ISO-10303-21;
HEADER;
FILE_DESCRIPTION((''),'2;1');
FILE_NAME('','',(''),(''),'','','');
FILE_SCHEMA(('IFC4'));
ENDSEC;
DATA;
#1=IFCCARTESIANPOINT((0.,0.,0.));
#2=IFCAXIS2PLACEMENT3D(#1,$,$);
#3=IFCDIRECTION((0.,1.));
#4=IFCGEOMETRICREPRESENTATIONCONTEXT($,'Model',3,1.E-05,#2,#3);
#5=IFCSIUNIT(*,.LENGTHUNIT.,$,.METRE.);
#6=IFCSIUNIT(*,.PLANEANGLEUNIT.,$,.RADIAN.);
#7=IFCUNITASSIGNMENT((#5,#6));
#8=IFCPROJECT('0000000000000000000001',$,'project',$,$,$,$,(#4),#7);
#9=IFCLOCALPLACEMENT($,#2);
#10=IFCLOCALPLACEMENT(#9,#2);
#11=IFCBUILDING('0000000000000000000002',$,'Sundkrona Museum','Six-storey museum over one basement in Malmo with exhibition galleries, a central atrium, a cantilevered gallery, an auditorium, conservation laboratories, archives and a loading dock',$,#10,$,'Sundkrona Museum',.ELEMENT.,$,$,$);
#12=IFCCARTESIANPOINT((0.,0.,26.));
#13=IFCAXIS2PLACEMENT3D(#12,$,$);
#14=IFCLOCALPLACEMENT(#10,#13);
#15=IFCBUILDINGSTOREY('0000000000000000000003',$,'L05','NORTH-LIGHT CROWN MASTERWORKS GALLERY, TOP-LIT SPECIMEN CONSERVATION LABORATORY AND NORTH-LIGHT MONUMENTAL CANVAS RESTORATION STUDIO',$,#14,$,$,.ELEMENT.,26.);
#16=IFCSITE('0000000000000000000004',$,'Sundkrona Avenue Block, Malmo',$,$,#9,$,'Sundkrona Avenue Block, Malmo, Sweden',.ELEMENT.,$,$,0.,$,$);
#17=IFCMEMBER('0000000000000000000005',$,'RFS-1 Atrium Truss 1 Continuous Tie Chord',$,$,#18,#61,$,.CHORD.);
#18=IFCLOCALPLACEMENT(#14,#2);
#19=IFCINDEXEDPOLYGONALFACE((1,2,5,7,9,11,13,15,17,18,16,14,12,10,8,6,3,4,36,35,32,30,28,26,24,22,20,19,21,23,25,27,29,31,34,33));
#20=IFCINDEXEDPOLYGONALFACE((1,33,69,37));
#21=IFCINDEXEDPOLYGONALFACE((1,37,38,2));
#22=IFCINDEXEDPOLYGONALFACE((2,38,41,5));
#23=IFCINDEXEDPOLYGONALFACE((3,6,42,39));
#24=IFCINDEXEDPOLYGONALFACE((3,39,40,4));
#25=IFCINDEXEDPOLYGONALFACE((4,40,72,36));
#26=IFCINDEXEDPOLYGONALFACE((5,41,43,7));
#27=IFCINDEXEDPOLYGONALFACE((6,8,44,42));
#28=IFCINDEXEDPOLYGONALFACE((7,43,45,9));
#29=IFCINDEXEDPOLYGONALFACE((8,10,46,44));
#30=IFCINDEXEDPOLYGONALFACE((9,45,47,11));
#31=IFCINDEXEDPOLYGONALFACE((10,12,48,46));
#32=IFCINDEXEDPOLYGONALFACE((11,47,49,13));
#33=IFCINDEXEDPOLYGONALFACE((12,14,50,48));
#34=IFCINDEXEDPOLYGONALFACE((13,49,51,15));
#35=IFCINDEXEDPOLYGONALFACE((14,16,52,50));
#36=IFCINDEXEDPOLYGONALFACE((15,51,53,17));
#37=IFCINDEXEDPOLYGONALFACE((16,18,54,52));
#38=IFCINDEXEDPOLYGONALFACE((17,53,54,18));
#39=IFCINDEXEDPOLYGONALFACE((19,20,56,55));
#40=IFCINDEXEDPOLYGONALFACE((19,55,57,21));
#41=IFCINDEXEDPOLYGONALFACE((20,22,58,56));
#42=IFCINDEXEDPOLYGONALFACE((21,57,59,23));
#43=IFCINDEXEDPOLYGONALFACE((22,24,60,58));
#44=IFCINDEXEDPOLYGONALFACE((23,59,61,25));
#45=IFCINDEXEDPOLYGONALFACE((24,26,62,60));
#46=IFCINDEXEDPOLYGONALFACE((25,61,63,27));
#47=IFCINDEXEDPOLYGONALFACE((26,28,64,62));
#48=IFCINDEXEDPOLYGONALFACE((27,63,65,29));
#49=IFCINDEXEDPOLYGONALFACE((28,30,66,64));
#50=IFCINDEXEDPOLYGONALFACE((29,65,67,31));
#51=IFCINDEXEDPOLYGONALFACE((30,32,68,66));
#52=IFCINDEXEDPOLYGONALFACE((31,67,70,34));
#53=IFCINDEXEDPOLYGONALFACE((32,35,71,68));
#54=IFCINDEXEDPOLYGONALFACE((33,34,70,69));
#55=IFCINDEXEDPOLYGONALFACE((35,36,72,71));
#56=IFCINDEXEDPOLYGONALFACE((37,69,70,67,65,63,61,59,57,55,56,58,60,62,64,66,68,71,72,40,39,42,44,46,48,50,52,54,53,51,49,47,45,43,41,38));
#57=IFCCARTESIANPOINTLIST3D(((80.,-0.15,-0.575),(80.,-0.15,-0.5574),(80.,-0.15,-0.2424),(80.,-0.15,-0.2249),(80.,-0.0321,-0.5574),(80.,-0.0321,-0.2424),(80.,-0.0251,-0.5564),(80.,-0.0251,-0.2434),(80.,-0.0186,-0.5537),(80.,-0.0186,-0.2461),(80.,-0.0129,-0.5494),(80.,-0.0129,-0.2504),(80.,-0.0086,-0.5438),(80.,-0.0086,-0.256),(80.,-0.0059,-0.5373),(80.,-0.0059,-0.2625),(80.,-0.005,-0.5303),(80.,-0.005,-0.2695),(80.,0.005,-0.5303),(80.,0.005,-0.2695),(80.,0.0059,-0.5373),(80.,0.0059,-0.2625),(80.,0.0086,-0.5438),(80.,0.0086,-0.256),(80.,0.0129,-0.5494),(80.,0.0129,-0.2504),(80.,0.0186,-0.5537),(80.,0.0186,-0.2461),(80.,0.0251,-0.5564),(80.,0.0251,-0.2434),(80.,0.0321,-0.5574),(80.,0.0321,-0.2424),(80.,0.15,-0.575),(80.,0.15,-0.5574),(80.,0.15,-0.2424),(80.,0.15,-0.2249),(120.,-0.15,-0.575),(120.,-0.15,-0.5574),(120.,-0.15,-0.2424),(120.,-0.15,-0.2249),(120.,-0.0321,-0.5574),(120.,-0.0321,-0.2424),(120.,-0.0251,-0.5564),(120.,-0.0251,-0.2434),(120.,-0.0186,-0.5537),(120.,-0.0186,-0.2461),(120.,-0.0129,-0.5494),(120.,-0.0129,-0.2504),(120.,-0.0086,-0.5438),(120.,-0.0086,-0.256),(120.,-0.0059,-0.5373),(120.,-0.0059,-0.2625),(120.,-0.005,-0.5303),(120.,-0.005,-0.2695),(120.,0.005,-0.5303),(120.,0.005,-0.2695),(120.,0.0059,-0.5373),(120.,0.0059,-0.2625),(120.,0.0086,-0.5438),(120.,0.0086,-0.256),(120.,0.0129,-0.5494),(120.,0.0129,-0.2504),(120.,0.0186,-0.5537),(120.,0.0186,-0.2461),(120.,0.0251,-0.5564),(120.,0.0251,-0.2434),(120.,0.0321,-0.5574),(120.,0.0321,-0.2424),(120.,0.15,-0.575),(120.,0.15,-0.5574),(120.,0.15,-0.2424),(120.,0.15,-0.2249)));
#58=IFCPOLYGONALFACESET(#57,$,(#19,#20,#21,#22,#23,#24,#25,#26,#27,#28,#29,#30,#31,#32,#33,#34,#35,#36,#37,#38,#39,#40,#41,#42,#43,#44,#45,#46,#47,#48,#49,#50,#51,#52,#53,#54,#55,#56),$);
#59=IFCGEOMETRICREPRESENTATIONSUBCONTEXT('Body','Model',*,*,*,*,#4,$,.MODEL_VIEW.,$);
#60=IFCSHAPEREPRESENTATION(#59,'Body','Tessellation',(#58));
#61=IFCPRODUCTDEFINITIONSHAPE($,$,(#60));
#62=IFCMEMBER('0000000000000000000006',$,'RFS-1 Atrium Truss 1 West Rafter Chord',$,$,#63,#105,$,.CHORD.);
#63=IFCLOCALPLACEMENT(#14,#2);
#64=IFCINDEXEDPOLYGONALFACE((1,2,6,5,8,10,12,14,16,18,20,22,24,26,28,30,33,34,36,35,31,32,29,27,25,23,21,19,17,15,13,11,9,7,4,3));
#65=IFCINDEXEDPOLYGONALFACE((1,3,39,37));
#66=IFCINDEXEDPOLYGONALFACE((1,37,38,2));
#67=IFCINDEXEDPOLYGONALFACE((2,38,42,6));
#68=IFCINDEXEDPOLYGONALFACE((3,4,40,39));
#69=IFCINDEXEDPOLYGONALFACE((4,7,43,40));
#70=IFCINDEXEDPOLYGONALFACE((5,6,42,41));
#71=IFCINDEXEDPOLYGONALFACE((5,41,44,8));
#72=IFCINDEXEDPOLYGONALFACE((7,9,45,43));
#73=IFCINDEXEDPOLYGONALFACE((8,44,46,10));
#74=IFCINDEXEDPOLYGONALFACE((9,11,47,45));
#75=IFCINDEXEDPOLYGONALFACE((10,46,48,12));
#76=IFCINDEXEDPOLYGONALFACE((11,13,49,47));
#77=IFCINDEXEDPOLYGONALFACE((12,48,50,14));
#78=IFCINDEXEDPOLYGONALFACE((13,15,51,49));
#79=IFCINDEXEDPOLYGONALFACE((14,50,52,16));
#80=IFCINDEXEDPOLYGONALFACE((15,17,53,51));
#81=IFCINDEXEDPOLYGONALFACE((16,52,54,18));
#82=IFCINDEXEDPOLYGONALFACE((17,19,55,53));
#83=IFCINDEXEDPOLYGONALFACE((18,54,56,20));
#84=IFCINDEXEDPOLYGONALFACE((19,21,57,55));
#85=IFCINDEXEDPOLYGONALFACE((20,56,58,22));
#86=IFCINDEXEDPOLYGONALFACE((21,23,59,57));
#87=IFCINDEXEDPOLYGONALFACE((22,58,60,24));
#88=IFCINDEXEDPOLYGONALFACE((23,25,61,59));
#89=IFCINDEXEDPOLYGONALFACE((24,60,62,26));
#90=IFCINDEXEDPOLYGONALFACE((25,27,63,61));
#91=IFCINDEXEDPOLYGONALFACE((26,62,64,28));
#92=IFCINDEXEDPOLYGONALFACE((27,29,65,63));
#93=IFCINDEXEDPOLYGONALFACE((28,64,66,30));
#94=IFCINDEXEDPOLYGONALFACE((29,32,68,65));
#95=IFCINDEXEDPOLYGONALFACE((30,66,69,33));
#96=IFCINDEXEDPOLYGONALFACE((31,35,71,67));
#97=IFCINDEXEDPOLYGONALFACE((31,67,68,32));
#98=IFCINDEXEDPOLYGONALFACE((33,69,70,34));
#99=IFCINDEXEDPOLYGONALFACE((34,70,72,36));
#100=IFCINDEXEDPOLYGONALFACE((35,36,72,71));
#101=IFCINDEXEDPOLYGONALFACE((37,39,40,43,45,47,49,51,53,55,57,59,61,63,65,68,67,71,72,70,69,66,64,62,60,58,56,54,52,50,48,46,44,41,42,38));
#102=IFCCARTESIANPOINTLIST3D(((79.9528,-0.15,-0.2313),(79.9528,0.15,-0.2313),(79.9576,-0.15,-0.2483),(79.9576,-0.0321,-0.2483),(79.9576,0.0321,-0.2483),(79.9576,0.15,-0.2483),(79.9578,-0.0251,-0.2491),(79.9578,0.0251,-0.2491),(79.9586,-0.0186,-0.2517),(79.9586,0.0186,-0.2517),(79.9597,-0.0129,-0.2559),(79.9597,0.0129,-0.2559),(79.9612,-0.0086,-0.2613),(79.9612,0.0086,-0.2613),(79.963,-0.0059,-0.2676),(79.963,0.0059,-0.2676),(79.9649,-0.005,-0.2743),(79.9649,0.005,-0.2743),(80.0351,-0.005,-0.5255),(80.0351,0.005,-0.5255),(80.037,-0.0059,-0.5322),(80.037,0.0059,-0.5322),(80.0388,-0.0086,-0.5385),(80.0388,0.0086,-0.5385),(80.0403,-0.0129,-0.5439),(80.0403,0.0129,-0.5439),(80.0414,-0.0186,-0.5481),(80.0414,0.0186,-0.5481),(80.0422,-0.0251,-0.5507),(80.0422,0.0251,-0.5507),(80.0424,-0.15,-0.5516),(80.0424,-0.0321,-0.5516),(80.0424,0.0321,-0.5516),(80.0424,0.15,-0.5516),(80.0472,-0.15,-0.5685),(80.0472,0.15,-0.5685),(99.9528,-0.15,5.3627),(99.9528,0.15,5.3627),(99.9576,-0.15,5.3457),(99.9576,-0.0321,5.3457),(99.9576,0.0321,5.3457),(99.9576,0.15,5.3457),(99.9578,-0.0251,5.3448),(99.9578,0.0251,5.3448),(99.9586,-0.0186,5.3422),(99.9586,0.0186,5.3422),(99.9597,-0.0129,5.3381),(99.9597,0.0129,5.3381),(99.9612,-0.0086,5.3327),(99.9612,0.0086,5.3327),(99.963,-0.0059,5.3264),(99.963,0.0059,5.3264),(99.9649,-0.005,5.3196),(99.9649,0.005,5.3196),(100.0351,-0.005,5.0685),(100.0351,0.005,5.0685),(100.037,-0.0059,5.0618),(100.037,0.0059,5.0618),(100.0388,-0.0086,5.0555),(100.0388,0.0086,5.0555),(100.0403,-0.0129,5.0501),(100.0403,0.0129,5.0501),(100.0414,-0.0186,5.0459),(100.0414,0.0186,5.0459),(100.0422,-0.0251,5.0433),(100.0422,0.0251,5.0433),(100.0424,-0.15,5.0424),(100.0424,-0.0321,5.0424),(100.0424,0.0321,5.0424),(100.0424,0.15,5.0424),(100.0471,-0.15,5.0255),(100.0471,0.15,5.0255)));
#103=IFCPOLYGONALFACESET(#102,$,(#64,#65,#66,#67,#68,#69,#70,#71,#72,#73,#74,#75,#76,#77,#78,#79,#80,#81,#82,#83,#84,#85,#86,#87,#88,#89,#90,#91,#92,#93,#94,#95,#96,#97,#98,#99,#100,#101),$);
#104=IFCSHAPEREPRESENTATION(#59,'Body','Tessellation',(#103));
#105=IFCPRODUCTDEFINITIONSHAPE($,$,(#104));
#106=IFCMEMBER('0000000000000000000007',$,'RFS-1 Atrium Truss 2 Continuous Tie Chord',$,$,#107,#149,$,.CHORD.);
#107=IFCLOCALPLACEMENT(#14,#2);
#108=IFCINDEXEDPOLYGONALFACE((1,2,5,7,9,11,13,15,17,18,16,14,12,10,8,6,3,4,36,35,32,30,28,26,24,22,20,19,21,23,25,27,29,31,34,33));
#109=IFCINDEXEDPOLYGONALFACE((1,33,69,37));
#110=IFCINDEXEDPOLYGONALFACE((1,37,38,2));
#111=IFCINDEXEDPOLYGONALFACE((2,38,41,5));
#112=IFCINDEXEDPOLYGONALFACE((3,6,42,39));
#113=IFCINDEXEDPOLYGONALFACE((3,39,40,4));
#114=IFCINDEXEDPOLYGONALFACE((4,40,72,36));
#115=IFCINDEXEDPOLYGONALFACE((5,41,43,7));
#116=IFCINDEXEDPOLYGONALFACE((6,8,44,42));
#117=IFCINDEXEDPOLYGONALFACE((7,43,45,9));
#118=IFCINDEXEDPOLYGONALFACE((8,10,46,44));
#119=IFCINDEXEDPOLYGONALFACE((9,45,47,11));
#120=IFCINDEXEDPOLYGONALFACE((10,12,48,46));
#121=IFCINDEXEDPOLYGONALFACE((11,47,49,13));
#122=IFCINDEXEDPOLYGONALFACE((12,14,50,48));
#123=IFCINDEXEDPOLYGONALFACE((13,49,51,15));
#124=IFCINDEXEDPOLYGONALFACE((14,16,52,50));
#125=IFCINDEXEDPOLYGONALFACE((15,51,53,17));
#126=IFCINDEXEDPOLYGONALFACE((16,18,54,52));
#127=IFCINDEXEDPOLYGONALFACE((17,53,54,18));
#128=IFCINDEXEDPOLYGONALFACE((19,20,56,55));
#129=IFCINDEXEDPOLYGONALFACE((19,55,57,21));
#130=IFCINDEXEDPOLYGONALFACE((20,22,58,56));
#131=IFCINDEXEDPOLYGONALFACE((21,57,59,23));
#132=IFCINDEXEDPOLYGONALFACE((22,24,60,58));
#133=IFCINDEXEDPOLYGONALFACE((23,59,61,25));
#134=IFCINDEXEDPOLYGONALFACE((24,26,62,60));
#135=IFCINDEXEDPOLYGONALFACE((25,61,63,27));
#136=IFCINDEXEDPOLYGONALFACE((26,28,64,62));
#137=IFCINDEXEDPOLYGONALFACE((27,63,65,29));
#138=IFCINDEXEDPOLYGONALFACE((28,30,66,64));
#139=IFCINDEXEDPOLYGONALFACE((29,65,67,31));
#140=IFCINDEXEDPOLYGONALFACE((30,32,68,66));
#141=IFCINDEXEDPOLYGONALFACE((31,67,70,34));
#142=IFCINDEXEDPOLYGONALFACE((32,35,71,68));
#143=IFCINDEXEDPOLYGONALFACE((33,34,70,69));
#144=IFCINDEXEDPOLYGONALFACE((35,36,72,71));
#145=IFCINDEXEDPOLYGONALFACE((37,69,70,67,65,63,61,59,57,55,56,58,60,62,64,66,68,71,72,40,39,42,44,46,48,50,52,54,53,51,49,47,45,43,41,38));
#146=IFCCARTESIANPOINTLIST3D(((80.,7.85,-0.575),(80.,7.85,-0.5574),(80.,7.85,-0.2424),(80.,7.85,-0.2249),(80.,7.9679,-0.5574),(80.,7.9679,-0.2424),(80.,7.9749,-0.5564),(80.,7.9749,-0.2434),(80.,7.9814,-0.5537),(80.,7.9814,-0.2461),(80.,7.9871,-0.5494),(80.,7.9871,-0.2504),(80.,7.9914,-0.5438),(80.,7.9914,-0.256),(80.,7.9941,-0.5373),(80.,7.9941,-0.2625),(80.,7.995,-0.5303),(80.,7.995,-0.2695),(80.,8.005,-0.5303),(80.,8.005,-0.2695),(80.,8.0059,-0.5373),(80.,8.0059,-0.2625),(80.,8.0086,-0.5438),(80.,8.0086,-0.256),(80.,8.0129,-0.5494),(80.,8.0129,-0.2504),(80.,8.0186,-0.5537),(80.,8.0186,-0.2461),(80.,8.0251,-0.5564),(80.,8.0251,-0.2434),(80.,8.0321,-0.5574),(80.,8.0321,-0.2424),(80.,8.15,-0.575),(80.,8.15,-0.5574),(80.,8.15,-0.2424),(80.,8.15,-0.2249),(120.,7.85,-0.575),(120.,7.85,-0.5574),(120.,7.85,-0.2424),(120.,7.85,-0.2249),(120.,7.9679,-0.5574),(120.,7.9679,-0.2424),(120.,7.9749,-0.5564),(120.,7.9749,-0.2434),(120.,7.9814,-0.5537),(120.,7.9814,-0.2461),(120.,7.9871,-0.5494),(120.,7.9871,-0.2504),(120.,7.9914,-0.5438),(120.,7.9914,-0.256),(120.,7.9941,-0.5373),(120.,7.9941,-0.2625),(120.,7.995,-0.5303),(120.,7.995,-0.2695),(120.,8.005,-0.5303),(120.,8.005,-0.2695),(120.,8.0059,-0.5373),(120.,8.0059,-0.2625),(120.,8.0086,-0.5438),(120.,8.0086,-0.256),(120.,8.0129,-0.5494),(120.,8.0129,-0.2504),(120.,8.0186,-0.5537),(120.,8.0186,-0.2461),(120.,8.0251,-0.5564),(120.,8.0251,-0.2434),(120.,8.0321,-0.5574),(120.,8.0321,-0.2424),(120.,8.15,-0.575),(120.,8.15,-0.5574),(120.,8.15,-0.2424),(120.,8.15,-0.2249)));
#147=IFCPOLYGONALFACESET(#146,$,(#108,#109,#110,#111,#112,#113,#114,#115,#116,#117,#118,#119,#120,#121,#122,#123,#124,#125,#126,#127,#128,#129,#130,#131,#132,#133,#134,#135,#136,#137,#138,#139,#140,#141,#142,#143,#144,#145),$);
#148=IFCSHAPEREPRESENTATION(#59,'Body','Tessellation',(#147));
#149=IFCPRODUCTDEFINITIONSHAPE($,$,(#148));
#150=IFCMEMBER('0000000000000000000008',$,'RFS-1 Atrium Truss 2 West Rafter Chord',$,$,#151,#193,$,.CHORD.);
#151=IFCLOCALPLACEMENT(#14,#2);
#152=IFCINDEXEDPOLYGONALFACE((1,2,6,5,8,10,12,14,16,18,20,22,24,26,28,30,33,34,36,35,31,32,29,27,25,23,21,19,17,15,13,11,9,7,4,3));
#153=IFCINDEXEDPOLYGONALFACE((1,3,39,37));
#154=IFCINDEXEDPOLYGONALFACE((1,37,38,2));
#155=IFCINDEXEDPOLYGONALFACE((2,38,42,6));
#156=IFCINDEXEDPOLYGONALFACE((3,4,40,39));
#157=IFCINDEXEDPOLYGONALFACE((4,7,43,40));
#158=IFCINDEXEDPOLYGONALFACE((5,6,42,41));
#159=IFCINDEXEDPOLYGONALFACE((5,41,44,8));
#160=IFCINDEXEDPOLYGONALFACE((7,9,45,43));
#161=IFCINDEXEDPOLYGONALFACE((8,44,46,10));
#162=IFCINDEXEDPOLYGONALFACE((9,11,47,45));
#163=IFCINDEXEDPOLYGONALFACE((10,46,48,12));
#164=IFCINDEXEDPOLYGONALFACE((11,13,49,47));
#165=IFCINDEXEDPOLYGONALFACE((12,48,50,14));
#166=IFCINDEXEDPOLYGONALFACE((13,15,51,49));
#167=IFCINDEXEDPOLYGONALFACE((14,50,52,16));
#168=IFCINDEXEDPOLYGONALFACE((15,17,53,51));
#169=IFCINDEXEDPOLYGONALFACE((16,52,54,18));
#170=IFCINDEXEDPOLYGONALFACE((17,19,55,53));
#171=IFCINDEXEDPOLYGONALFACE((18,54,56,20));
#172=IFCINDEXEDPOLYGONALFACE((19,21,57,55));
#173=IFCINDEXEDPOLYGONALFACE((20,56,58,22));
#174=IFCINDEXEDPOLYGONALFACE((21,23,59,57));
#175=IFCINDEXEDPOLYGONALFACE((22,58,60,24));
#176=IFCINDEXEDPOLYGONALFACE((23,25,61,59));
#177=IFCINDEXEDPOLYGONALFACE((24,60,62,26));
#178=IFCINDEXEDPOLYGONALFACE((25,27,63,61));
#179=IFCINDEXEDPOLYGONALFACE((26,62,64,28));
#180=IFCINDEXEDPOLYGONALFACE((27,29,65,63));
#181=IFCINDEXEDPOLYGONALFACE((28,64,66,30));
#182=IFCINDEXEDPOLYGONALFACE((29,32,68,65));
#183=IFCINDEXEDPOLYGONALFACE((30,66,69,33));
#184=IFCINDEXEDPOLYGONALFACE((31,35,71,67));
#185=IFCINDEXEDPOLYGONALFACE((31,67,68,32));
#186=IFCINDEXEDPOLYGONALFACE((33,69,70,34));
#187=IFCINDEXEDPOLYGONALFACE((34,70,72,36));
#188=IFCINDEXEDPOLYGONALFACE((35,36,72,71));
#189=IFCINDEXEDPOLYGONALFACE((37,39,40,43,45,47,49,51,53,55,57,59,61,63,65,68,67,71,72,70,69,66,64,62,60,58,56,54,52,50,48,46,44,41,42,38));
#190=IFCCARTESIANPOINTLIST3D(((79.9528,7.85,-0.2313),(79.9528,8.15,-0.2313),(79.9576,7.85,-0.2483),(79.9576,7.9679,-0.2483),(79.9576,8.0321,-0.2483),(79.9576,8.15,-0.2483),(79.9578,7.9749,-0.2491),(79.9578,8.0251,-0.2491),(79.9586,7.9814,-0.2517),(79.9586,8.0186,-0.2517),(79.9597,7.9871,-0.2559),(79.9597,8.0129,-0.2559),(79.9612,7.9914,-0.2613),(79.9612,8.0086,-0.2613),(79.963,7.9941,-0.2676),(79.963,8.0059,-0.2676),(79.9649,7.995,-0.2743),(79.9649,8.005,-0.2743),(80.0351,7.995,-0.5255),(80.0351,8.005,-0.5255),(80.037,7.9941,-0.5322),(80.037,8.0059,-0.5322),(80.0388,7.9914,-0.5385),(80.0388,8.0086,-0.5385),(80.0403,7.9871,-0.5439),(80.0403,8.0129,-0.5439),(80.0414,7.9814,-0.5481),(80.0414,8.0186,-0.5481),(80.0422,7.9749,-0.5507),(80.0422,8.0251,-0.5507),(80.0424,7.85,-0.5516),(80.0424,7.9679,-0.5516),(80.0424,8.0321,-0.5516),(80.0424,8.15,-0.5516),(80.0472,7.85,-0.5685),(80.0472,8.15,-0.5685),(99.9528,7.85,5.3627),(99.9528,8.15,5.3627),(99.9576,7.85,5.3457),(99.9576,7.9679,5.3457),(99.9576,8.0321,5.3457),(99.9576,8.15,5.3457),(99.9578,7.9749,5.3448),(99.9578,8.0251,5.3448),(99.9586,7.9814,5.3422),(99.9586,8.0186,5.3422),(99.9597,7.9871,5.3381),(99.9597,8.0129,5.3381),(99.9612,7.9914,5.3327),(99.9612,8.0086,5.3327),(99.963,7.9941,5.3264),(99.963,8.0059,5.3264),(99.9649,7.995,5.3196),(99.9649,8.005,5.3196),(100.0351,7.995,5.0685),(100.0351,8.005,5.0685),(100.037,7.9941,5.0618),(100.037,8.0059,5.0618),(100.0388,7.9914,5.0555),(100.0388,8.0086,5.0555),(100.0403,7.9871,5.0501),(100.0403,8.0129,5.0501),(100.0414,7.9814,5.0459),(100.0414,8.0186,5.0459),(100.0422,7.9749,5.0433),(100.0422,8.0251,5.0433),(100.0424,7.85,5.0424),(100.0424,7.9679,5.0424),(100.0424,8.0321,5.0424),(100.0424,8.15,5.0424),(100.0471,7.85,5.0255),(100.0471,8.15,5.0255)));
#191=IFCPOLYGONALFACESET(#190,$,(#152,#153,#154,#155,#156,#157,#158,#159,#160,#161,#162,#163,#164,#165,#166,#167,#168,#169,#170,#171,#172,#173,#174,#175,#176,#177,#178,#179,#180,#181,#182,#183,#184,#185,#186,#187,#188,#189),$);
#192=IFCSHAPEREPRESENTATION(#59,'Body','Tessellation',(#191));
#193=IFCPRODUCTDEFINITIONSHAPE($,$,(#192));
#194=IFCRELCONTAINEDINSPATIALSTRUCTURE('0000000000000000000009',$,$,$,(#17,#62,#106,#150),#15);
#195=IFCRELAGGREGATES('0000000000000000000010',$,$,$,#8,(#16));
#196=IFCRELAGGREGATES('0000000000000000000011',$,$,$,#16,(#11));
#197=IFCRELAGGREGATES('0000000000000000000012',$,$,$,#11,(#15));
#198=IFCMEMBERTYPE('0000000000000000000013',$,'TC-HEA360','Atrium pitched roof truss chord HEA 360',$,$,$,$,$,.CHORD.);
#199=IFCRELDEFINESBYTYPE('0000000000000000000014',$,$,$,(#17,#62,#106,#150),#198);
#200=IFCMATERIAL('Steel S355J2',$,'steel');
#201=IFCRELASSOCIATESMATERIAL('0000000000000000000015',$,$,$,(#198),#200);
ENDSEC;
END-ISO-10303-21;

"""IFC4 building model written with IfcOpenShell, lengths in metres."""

from ifc_helpers import new_model, si_unit, direction, frame, origin, origin_2d, place, context, subcontext, project, spatial, i_section, extrude, material, material_profile, profile_set, type_object, element, save


model = new_model("IFC4")

# Units and contexts
model_context = context("Model", 3, precision=1e-05, world=origin(), true_north=direction((0.0, 1.0)))
body_context = subcontext(model_context, "Body", "Model", "MODEL_VIEW")
ifc_project = project(units=[si_unit("LENGTHUNIT", "METRE"), si_unit("PLANEANGLEUNIT", "RADIAN")], contexts=[model_context])

# Site, building, storey
site_placement = place(None, origin())
site = spatial("IfcSite", under=ifc_project, at=site_placement, Name="Sundkrona Avenue Block, Malmo", LongName="Sundkrona Avenue Block, Malmo, Sweden", CompositionType="ELEMENT", RefElevation=0.0)
building_placement = place(site_placement, origin())
building = spatial("IfcBuilding", under=site, at=building_placement, Name="Sundkrona Museum", Description="Six-storey museum over one basement in Malmo with exhibition galleries, a central atrium, a cantilevered gallery, an auditorium, conservation laboratories, archives and a loading dock", LongName="Sundkrona Museum", CompositionType="ELEMENT")
storey_placement = place(building_placement, frame((0.0, 0.0, 26.0)))
storey = spatial("IfcBuildingStorey", under=building, at=storey_placement, Name="L05", Description="NORTH-LIGHT CROWN MASTERWORKS GALLERY, TOP-LIT SPECIMEN CONSERVATION LABORATORY AND NORTH-LIGHT MONUMENTAL CANVAS RESTORATION STUDIO", CompositionType="ELEMENT", Elevation=26.0)

# Members
ifc_material_1 = material(Name="Steel S355J2", Category="steel")
ifc_material_profile_1 = material_profile(ifc_material_1, i_section(OverallWidth=0.3, OverallDepth=0.3501, WebThickness=0.01, FlangeThickness=0.0176, FilletRadius=0.0271, at=origin_2d()), Name="HEA 360")
ifc_profile_set_1 = profile_set([ifc_material_profile_1], Name="Steel S355J2")
member_type_1 = type_object("IfcMemberType", Name="TC-HEA360", Description="Atrium pitched roof truss chord HEA 360", PredefinedType="CHORD", material=ifc_profile_set_1)
member_1_placement = place(storey_placement, frame((80.0, 0.0, -0.3999), z_axis=(1.0, 0.0, 0.0), x_axis=(0.0, 1.0, 0.0)))
element("IfcMember", 1, at=member_1_placement, inside=storey, type_object=member_type_1, Name="RFS-1 Atrium Truss 1 Continuous Tie Chord", PredefinedType="CHORD", context=body_context, shape_type="SweptSolid", body=[
    extrude(i_section(OverallWidth=0.3, OverallDepth=0.3501, WebThickness=0.01, FlangeThickness=0.0176, FilletRadius=0.0271, at=origin_2d()), origin(), (0.0, 0.0, 1.0), 40.0),
])
member_2_placement = place(storey_placement, frame((80.0, 0.0, -0.3999), z_axis=(0.963039, 0.0, 0.269362), x_axis=(0.0, 1.0, 0.0)))
element("IfcMember", 2, at=member_2_placement, inside=storey, type_object=member_type_1, Name="RFS-1 Atrium Truss 1 West Rafter Chord", PredefinedType="CHORD", context=body_context, shape_type="SweptSolid", body=[
    extrude(i_section(OverallWidth=0.3, OverallDepth=0.3501, WebThickness=0.01, FlangeThickness=0.0176, FilletRadius=0.0271, at=origin_2d()), origin(), (0.0, 0.0, 1.0), 20.7676),
])
member_3_placement = place(storey_placement, frame((80.0, 8.0, -0.3999), z_axis=(1.0, 0.0, 0.0), x_axis=(0.0, 1.0, 0.0)))
element("IfcMember", 3, at=member_3_placement, inside=storey, type_object=member_type_1, Name="RFS-1 Atrium Truss 2 Continuous Tie Chord", PredefinedType="CHORD", context=body_context, shape_type="SweptSolid", body=[
    extrude(i_section(OverallWidth=0.3, OverallDepth=0.3501, WebThickness=0.01, FlangeThickness=0.0176, FilletRadius=0.0271, at=origin_2d()), origin(), (0.0, 0.0, 1.0), 40.0),
])
member_4_placement = place(storey_placement, frame((80.0, 8.0, -0.3999), z_axis=(0.963039, 0.0, 0.269362), x_axis=(0.0, 1.0, 0.0)))
element("IfcMember", 4, at=member_4_placement, inside=storey, type_object=member_type_1, Name="RFS-1 Atrium Truss 2 West Rafter Chord", PredefinedType="CHORD", context=body_context, shape_type="SweptSolid", body=[
    extrude(i_section(OverallWidth=0.3, OverallDepth=0.3501, WebThickness=0.01, FlangeThickness=0.0176, FilletRadius=0.0271, at=origin_2d()), origin(), (0.0, 0.0, 1.0), 20.7676),
])

save(model, "model.ifc")
